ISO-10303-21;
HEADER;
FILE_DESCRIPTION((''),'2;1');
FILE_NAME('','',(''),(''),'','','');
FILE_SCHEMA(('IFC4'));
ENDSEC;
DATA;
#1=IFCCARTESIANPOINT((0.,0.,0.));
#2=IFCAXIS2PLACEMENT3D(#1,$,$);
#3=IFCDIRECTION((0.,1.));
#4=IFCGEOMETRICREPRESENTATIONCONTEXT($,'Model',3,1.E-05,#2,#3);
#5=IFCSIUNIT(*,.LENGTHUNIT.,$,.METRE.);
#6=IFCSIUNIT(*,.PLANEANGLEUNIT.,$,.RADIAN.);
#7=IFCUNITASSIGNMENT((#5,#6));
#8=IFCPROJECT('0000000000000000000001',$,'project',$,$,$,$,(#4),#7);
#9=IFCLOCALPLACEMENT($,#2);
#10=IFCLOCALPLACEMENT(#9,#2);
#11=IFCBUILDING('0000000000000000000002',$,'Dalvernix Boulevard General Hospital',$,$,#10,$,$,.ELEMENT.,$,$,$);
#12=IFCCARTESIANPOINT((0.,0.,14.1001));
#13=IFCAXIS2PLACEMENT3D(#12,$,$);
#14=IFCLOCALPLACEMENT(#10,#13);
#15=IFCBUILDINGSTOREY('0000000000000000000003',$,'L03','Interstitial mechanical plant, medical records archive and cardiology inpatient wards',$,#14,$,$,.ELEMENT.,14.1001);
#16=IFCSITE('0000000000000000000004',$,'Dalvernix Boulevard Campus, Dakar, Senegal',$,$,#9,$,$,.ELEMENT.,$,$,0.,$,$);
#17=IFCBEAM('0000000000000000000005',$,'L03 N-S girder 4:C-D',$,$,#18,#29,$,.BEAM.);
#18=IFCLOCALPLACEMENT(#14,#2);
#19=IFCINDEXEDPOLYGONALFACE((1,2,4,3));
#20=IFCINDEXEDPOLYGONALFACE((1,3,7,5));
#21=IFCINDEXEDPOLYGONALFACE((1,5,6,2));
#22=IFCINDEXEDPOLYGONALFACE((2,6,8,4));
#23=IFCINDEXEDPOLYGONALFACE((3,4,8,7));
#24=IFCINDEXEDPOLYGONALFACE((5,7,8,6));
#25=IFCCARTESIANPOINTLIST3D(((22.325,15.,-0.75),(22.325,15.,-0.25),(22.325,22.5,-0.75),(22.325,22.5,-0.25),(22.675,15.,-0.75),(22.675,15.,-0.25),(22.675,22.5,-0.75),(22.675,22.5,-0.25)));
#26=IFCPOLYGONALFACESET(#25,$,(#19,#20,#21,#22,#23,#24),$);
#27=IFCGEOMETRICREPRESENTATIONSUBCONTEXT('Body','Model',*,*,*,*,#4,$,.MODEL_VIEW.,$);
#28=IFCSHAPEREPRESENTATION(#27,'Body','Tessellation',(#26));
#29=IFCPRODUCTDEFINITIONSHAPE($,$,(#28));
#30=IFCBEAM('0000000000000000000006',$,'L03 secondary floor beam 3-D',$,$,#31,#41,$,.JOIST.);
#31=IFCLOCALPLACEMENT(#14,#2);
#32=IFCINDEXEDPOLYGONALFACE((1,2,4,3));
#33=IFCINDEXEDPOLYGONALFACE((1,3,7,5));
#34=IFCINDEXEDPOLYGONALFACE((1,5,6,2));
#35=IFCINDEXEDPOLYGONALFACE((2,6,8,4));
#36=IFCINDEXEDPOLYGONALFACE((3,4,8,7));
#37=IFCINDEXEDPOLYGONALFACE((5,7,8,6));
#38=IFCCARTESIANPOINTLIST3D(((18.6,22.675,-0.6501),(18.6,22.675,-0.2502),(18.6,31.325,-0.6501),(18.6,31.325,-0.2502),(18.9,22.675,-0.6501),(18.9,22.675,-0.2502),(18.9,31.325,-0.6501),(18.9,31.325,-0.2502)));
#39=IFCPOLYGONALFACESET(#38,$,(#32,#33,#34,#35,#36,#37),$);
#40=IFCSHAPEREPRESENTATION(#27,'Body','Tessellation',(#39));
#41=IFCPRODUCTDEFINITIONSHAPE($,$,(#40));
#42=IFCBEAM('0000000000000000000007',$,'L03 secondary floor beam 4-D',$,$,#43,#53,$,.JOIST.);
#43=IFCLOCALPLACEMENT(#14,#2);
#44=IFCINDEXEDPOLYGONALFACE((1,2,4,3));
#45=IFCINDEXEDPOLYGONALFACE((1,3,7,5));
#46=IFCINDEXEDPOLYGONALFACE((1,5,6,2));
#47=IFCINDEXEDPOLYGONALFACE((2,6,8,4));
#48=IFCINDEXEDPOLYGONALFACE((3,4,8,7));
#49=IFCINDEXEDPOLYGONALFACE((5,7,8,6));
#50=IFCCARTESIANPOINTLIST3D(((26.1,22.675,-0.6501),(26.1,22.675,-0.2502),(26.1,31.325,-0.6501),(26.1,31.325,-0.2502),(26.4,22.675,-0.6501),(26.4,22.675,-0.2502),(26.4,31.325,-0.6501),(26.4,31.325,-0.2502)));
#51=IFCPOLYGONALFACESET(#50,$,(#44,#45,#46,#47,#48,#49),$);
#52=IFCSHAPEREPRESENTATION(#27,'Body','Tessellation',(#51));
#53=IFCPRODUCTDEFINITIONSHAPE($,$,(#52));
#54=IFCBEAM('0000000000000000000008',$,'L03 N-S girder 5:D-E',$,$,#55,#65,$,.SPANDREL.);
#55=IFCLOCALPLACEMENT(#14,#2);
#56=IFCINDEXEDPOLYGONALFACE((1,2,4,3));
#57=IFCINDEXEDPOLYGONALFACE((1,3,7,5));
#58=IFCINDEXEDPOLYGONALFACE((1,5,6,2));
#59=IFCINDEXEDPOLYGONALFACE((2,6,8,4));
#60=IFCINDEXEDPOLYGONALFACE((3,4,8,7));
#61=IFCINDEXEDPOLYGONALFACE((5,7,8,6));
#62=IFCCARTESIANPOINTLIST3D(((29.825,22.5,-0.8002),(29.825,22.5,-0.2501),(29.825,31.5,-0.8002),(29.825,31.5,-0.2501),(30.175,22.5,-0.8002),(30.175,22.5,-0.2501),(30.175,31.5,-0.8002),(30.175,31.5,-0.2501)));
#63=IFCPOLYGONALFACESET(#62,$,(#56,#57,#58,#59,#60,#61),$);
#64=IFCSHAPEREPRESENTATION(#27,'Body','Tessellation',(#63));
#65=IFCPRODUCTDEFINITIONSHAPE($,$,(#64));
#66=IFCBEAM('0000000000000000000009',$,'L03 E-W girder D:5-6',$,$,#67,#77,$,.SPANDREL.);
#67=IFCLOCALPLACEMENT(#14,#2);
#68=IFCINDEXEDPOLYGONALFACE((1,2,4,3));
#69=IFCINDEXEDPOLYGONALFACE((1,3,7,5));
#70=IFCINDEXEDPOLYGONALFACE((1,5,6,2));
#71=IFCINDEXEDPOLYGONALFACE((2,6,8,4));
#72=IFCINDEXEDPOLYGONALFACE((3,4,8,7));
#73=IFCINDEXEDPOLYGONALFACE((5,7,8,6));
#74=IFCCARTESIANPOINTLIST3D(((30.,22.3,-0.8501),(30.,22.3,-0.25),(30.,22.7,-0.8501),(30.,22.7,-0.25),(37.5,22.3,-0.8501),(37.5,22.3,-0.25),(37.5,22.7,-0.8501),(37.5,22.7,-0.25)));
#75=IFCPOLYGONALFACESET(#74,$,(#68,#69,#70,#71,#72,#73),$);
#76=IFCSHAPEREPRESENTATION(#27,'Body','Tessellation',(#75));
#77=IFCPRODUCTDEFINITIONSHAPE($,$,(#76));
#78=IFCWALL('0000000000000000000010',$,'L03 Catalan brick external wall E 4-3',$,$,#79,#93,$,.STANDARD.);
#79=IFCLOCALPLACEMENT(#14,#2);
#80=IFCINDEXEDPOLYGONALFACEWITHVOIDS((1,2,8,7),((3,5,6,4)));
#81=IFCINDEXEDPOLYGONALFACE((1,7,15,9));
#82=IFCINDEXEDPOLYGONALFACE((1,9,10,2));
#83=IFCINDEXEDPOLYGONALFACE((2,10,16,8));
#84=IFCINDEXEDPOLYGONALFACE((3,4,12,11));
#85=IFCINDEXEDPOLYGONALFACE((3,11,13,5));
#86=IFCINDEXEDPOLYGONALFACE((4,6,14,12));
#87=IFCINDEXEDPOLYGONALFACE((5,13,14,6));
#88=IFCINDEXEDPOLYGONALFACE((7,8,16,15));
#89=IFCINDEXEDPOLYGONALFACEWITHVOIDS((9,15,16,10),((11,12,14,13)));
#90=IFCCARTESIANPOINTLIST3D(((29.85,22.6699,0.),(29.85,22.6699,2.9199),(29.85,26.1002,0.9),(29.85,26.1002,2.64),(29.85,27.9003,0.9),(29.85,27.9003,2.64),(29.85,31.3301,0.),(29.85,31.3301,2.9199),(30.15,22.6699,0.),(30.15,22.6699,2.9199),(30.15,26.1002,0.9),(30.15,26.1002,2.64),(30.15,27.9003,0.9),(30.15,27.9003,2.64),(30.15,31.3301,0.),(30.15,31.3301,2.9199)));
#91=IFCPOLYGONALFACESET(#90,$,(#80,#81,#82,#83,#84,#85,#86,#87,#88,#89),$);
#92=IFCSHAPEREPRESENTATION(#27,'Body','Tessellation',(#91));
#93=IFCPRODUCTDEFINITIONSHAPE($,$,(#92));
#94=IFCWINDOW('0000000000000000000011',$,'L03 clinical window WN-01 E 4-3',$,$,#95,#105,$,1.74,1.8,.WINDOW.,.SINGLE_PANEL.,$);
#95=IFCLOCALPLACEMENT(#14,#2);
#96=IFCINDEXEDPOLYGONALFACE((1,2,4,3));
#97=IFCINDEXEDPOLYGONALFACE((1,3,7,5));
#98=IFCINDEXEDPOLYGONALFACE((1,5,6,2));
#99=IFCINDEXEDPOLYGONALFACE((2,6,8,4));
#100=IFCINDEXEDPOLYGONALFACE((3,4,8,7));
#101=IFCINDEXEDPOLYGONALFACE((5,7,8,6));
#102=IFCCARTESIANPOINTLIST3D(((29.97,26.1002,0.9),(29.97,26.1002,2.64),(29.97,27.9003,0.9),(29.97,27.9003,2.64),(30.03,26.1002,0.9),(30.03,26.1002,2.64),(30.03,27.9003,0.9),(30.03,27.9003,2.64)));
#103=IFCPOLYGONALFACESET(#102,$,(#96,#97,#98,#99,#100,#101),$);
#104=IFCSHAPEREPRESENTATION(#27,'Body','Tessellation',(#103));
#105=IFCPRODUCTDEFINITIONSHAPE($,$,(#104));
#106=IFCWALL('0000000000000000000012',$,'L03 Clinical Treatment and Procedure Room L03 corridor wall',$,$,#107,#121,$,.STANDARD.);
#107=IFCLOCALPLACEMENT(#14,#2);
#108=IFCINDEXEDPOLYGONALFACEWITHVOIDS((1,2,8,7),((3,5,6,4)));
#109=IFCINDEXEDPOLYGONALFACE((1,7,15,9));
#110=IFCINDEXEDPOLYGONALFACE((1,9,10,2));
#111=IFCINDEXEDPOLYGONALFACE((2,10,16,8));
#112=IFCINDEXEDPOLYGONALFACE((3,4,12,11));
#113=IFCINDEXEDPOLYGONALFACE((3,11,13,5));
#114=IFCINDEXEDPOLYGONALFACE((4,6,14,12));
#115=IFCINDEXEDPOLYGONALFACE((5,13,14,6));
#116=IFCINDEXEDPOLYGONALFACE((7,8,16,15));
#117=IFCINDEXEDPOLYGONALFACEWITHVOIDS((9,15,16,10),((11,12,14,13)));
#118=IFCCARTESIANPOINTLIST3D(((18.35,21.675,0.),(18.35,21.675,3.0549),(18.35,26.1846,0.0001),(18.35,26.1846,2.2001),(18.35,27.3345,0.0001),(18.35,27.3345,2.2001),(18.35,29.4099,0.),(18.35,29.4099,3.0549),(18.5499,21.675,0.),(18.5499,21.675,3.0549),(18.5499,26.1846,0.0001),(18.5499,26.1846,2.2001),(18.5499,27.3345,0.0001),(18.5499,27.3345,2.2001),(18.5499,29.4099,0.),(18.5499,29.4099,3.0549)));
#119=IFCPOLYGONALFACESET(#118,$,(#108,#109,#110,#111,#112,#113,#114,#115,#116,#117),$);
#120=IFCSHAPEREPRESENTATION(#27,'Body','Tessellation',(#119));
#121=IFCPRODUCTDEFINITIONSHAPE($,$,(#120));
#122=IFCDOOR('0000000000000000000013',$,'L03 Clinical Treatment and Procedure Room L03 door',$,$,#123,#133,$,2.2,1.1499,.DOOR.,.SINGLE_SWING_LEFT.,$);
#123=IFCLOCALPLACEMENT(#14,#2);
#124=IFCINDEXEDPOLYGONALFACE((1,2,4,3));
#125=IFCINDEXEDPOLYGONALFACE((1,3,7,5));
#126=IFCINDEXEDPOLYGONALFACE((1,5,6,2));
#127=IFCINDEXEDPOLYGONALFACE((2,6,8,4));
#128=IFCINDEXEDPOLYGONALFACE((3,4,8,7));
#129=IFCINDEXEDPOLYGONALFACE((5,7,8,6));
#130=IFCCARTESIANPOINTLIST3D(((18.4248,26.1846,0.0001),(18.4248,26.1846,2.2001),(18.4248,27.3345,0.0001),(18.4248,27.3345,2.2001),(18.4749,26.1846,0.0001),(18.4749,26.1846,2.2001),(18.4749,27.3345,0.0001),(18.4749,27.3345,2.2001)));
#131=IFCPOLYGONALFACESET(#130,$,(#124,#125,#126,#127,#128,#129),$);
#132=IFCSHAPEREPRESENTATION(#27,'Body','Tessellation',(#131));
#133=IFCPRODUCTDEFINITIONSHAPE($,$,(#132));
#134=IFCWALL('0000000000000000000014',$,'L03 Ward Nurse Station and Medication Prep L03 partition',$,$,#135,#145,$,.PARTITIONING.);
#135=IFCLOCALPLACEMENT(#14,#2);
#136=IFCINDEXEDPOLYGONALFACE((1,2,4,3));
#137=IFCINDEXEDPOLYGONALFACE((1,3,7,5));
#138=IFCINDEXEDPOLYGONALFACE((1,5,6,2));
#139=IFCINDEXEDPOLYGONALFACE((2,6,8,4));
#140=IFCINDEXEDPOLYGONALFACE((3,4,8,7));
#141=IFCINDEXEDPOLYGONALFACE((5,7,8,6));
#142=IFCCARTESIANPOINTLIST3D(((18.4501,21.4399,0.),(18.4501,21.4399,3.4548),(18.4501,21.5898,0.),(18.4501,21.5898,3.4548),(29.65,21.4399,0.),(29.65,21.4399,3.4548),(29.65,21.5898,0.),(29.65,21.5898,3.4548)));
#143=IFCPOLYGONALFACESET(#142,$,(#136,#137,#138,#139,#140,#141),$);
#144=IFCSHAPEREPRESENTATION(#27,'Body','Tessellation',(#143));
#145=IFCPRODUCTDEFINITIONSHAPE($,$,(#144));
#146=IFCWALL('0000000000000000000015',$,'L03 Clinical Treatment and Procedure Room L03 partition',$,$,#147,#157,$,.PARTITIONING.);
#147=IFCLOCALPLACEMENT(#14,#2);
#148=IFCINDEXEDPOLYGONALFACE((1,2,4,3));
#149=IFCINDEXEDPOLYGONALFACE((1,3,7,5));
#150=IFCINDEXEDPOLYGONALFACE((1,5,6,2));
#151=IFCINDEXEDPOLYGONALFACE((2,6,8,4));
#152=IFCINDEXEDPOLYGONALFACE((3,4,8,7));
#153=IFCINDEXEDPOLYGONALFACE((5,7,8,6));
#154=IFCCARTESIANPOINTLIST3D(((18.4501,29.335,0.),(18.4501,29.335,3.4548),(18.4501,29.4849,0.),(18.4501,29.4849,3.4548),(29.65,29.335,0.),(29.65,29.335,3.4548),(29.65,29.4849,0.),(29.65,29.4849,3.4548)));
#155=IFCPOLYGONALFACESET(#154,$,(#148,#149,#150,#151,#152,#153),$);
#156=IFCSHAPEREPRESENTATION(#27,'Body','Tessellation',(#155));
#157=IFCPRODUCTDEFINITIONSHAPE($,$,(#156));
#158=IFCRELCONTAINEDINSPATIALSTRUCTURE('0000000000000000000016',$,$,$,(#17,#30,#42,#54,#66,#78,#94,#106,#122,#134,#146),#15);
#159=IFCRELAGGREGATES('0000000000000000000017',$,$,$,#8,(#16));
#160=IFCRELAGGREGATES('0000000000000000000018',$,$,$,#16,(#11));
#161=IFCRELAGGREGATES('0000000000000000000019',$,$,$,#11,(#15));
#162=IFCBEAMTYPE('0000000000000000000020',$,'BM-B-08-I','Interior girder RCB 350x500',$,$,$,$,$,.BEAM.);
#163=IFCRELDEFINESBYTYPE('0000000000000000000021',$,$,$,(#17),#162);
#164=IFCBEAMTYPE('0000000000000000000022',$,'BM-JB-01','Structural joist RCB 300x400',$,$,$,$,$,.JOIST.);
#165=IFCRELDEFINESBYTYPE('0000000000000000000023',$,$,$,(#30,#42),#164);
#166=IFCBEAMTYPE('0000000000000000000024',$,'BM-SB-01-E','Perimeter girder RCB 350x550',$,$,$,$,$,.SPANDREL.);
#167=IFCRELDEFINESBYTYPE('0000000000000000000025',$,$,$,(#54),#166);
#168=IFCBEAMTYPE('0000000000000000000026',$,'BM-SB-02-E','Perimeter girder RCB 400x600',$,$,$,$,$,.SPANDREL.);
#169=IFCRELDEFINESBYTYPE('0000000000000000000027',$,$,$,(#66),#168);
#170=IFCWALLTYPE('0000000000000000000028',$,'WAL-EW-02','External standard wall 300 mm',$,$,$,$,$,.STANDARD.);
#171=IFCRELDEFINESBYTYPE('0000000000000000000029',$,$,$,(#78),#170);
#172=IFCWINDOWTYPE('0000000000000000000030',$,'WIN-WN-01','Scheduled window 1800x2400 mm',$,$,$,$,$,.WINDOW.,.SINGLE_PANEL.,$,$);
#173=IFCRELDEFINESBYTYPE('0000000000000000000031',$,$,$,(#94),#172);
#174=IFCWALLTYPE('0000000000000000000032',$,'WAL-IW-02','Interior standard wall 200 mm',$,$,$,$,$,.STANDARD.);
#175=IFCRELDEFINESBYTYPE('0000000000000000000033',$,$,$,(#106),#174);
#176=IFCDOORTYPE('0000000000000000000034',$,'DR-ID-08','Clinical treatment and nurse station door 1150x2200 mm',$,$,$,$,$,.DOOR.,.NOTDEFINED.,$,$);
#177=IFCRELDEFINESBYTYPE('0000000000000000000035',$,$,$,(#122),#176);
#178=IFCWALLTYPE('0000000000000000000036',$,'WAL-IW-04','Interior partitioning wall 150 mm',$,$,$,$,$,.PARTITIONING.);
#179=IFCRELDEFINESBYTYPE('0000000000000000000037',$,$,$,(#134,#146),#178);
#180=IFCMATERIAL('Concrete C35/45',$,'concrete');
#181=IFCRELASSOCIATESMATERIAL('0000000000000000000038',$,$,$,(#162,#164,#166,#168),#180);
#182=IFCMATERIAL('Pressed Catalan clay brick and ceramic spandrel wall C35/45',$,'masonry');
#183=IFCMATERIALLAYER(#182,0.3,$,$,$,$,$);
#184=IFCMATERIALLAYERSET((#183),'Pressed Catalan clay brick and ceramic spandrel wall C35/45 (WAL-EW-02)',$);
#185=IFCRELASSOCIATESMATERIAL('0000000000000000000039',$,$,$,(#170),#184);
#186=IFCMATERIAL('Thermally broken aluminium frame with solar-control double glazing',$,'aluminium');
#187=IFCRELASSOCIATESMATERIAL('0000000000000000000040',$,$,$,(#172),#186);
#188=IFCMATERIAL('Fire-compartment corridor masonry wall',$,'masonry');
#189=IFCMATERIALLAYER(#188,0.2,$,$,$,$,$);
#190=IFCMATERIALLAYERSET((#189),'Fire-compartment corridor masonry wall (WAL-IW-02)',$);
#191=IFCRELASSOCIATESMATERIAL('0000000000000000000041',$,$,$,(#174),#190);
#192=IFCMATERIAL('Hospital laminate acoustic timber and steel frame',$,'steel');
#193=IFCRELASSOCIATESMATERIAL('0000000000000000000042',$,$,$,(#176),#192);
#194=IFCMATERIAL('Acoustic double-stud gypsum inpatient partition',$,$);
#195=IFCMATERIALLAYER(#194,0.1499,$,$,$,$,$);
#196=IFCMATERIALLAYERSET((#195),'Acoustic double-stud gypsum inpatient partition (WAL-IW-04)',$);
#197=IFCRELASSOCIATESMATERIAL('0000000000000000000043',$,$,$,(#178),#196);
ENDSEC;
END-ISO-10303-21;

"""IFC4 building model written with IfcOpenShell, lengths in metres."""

from ifc_helpers import new_model, si_unit, direction, frame, frame_2d, origin, origin_2d, place, context, subcontext, project, spatial, rectangle, extrude, material, layer, layer_set, material_profile, profile_set, type_object, element, fill, save


model = new_model("IFC4")

# Units and contexts
model_context = context("Model", 3, precision=1e-05, world=origin(), true_north=direction((0.0, 1.0)))
body_context = subcontext(model_context, "Body", "Model", "MODEL_VIEW")
ifc_project = project(units=[si_unit("LENGTHUNIT", "METRE"), si_unit("PLANEANGLEUNIT", "RADIAN")], contexts=[model_context])

# Site, building, storey
site_placement = place(None, origin())
site = spatial("IfcSite", under=ifc_project, at=site_placement, Name="Dalvernix Boulevard Campus, Dakar, Senegal", CompositionType="ELEMENT", RefElevation=0.0)
building_placement = place(site_placement, origin())
building = spatial("IfcBuilding", under=site, at=building_placement, Name="Dalvernix Boulevard General Hospital", CompositionType="ELEMENT")
storey_placement = place(building_placement, frame((0.0, 0.0, 14.1001)))
storey = spatial("IfcBuildingStorey", under=building, at=storey_placement, Name="L03", Description="Interstitial mechanical plant, medical records archive and cardiology inpatient wards", CompositionType="ELEMENT", Elevation=14.1001)

# Beams
ifc_material_1 = material(Name="Concrete C35/45", Category="concrete")
ifc_material_profile_1 = material_profile(ifc_material_1, rectangle(XDim=0.3501, YDim=0.5, at=origin_2d()), Name="RCB 350x500")
ifc_profile_set_1 = profile_set([ifc_material_profile_1], Name="Concrete C35/45")
beam_type_1 = type_object("IfcBeamType", Name="BM-B-08-I", Description="Interior girder RCB 350x500", PredefinedType="BEAM", material=ifc_profile_set_1)
beam_1_placement = place(storey_placement, frame((22.5, 15.0, -0.5), z_axis=(0.0, 1.0, 0.0), x_axis=(-1.0, 0.0, 0.0)))
element("IfcBeam", 1, at=beam_1_placement, inside=storey, type_object=beam_type_1, Name="L03 N-S girder 4:C-D", PredefinedType="BEAM", context=body_context, shape_type="SweptSolid", body=[
    extrude(rectangle(XDim=0.3501, YDim=0.5, at=origin_2d()), origin(), (0.0, 0.0, 1.0), 7.5),
])
ifc_material_profile_2 = material_profile(ifc_material_1, rectangle(XDim=0.3, YDim=0.3999, at=origin_2d()), Name="RCB 300x400")
ifc_profile_set_2 = profile_set([ifc_material_profile_2], Name="Concrete C35/45")
beam_type_2 = type_object("IfcBeamType", Name="BM-JB-01", Description="Structural joist RCB 300x400", PredefinedType="JOIST", material=ifc_profile_set_2)
for number, where, z_axis, x_axis, name in (
    (2, (18.75, 22.675, -0.4502), (0.0, 1.0, 0.0), (-1.0, 0.0, 0.0), "L03 secondary floor beam 3-D"),
    (3, (26.25, 22.675, -0.4502), (0.0, 1.0, 0.0), (-1.0, 0.0, 0.0), "L03 secondary floor beam 4-D"),
):
    element("IfcBeam", number, at=place(storey_placement, frame(where, z_axis=z_axis, x_axis=x_axis)), inside=storey, type_object=beam_type_2, Name=name, PredefinedType="JOIST", context=body_context, shape_type="SweptSolid", body=[
        extrude(rectangle(XDim=0.3, YDim=0.3999, at=origin_2d()), origin(), (0.0, 0.0, 1.0), 8.6499),
    ])
ifc_material_profile_3 = material_profile(ifc_material_1, rectangle(XDim=0.3501, YDim=0.55, at=origin_2d()), Name="RCB 350x550")
ifc_profile_set_3 = profile_set([ifc_material_profile_3], Name="Concrete C35/45")
beam_type_3 = type_object("IfcBeamType", Name="BM-SB-01-E", Description="Perimeter girder RCB 350x550", PredefinedType="SPANDREL", material=ifc_profile_set_3)
beam_2_placement = place(storey_placement, frame((30.0, 22.5, -0.5251), z_axis=(0.0, 1.0, 0.0), x_axis=(-1.0, 0.0, 0.0)))
element("IfcBeam", 4, at=beam_2_placement, inside=storey, type_object=beam_type_3, Name="L03 N-S girder 5:D-E", PredefinedType="SPANDREL", context=body_context, shape_type="SweptSolid", body=[
    extrude(rectangle(XDim=0.3501, YDim=0.55, at=origin_2d()), origin(), (0.0, 0.0, 1.0), 9.0),
])
ifc_material_profile_4 = material_profile(ifc_material_1, rectangle(XDim=0.3999, YDim=0.6001, at=origin_2d()), Name="RCB 400x600")
ifc_profile_set_4 = profile_set([ifc_material_profile_4], Name="Concrete C35/45")
beam_type_4 = type_object("IfcBeamType", Name="BM-SB-02-E", Description="Perimeter girder RCB 400x600", PredefinedType="SPANDREL", material=ifc_profile_set_4)
beam_3_placement = place(storey_placement, frame((30.0, 22.5, -0.55), z_axis=(1.0, 0.0, 0.0), x_axis=(0.0, 1.0, 0.0)))
element("IfcBeam", 5, at=beam_3_placement, inside=storey, type_object=beam_type_4, Name="L03 E-W girder D:5-6", PredefinedType="SPANDREL", context=body_context, shape_type="SweptSolid", body=[
    extrude(rectangle(XDim=0.3999, YDim=0.6001, at=origin_2d()), origin(), (0.0, 0.0, 1.0), 7.5),
])

# Wall, opening, window
ifc_material_2 = material(Name="Pressed Catalan clay brick and ceramic spandrel wall C35/45", Category="masonry")
ifc_layer_1 = layer(ifc_material_2, 0.3)
ifc_layer_set_1 = layer_set([ifc_layer_1], Name="Pressed Catalan clay brick and ceramic spandrel wall C35/45 (WAL-EW-02)")
wall_type_1 = type_object("IfcWallType", Name="WAL-EW-02", Description="External standard wall 300 mm", PredefinedType="STANDARD", material=ifc_layer_set_1)
wall_1_placement = place(storey_placement, frame((30.0, 31.3301, 0.0), z_axis=(0.0, 0.0, 1.0), x_axis=(0.0, -1.0, 0.0)))
wall_1 = element("IfcWall", 6, at=wall_1_placement, inside=storey, type_object=wall_type_1, Name="L03 Catalan brick external wall E 4-3", PredefinedType="STANDARD", context=body_context, shape_type="SweptSolid", body=[
    extrude(rectangle(XDim=8.6602, YDim=0.3, at=frame_2d((4.3301, 0.0))), origin(), (0.0, 0.0, 1.0), 2.9199),
])
opening_1_placement = place(wall_1_placement, frame((3.4299, 0.0, 0.8999)))
opening_1 = element("IfcOpeningElement", 7, at=opening_1_placement, cuts=wall_1, PredefinedType="OPENING", context=body_context, shape_type="SweptSolid", body=[
    extrude(rectangle(XDim=1.8, YDim=1.74, at=frame_2d((0.8999, 0.8701))), frame((0.0, 0.1599, 0.0), z_axis=(0.0, -1.0, 0.0), x_axis=(1.0, 0.0, 0.0)), (0.0, 0.0, 1.0), 0.3201),
])
ifc_material_3 = material(Name="Thermally broken aluminium frame with solar-control double glazing", Category="aluminium")
window_type = type_object("IfcWindowType", Name="WIN-WN-01", Description="Scheduled window 1800x2400 mm", PartitioningType="SINGLE_PANEL", PredefinedType="WINDOW", material=ifc_material_3)
window_placement = place(opening_1_placement, origin())
window = element("IfcWindow", 8, at=window_placement, inside=storey, type_object=window_type, Name="L03 clinical window WN-01 E 4-3", OverallHeight=1.74, OverallWidth=1.8, PartitioningType="SINGLE_PANEL", PredefinedType="WINDOW", context=body_context, shape_type="SweptSolid", body=[
    extrude(rectangle(XDim=1.8, YDim=1.74, at=frame_2d((0.8999, 0.8701))), frame((0.0, 0.03, 0.0), z_axis=(0.0, -1.0, 0.0), x_axis=(1.0, 0.0, 0.0)), (0.0, 0.0, 1.0), 0.0601),
])
fill(opening_1, window)

# Wall, opening, door
ifc_material_4 = material(Name="Fire-compartment corridor masonry wall", Category="masonry")
ifc_layer_2 = layer(ifc_material_4, 0.2)
ifc_layer_set_2 = layer_set([ifc_layer_2], Name="Fire-compartment corridor masonry wall (WAL-IW-02)")
wall_type_2 = type_object("IfcWallType", Name="WAL-IW-02", Description="Interior standard wall 200 mm", PredefinedType="STANDARD", material=ifc_layer_set_2)
wall_2_placement = place(storey_placement, frame((18.45, 29.4099, 0.0), z_axis=(0.0, 0.0, 1.0), x_axis=(0.0, -1.0, 0.0)))
wall_2 = element("IfcWall", 9, at=wall_2_placement, inside=storey, type_object=wall_type_2, Name="L03 Clinical Treatment and Procedure Room L03 corridor wall", PredefinedType="STANDARD", context=body_context, shape_type="SweptSolid", body=[
    extrude(rectangle(XDim=7.7349, YDim=0.2, at=frame_2d((3.8674, 0.0))), origin(), (0.0, 0.0, 1.0), 3.0549),
])
opening_2_placement = place(wall_2_placement, frame((2.0754, 0.0, 0.0)))
opening_2 = element("IfcOpeningElement", 10, at=opening_2_placement, cuts=wall_2, PredefinedType="OPENING", context=body_context, shape_type="SweptSolid", body=[
    extrude(rectangle(XDim=1.1499, YDim=2.2, at=frame_2d((0.575, 1.1001))), frame((0.0, 0.1099, 0.0), z_axis=(0.0, -1.0, 0.0), x_axis=(1.0, 0.0, 0.0)), (0.0, 0.0, 1.0), 0.22),
])
ifc_material_5 = material(Name="Hospital laminate acoustic timber and steel frame", Category="steel")
door_type = type_object("IfcDoorType", Name="DR-ID-08", Description="Clinical treatment and nurse station door 1150x2200 mm", OperationType="NOTDEFINED", PredefinedType="DOOR", material=ifc_material_5)
door_1_placement = place(opening_2_placement, origin())
door_1 = element("IfcDoor", 11, at=door_1_placement, inside=storey, type_object=door_type, Name="L03 Clinical Treatment and Procedure Room L03 door", OperationType="SINGLE_SWING_LEFT", OverallHeight=2.2, OverallWidth=1.1499, PredefinedType="DOOR", context=body_context, shape_type="SweptSolid", body=[
    extrude(rectangle(XDim=1.1499, YDim=2.2, at=frame_2d((0.575, 1.1001))), frame((0.0, 0.0249, 0.0), z_axis=(0.0, -1.0, 0.0), x_axis=(1.0, 0.0, 0.0)), (0.0, 0.0, 1.0), 0.05),
])
fill(opening_2, door_1)

# Walls
ifc_material_6 = material(Name="Acoustic double-stud gypsum inpatient partition")
ifc_layer_3 = layer(ifc_material_6, 0.1499)
ifc_layer_set_3 = layer_set([ifc_layer_3], Name="Acoustic double-stud gypsum inpatient partition (WAL-IW-04)")
wall_type_3 = type_object("IfcWallType", Name="WAL-IW-04", Description="Interior partitioning wall 150 mm", PredefinedType="PARTITIONING", material=ifc_layer_set_3)
for number, where, z_axis, x_axis, name in (
    (12, (18.45, 21.5149, 0.0), (0.0, 0.0, 1.0), (1.0, 0.0, 0.0), "L03 Ward Nurse Station and Medication Prep L03 partition"),
    (13, (18.45, 29.4099, 0.0), (0.0, 0.0, 1.0), (1.0, 0.0, 0.0), "L03 Clinical Treatment and Procedure Room L03 partition"),
):
    element("IfcWall", number, at=place(storey_placement, frame(where, z_axis=z_axis, x_axis=x_axis)), inside=storey, type_object=wall_type_3, Name=name, PredefinedType="PARTITIONING", context=body_context, shape_type="SweptSolid", body=[
        extrude(rectangle(XDim=11.2, YDim=0.1499, at=frame_2d((5.6001, 0.0))), origin(), (0.0, 0.0, 1.0), 3.4548),
    ])

save(model, "model.ifc")
